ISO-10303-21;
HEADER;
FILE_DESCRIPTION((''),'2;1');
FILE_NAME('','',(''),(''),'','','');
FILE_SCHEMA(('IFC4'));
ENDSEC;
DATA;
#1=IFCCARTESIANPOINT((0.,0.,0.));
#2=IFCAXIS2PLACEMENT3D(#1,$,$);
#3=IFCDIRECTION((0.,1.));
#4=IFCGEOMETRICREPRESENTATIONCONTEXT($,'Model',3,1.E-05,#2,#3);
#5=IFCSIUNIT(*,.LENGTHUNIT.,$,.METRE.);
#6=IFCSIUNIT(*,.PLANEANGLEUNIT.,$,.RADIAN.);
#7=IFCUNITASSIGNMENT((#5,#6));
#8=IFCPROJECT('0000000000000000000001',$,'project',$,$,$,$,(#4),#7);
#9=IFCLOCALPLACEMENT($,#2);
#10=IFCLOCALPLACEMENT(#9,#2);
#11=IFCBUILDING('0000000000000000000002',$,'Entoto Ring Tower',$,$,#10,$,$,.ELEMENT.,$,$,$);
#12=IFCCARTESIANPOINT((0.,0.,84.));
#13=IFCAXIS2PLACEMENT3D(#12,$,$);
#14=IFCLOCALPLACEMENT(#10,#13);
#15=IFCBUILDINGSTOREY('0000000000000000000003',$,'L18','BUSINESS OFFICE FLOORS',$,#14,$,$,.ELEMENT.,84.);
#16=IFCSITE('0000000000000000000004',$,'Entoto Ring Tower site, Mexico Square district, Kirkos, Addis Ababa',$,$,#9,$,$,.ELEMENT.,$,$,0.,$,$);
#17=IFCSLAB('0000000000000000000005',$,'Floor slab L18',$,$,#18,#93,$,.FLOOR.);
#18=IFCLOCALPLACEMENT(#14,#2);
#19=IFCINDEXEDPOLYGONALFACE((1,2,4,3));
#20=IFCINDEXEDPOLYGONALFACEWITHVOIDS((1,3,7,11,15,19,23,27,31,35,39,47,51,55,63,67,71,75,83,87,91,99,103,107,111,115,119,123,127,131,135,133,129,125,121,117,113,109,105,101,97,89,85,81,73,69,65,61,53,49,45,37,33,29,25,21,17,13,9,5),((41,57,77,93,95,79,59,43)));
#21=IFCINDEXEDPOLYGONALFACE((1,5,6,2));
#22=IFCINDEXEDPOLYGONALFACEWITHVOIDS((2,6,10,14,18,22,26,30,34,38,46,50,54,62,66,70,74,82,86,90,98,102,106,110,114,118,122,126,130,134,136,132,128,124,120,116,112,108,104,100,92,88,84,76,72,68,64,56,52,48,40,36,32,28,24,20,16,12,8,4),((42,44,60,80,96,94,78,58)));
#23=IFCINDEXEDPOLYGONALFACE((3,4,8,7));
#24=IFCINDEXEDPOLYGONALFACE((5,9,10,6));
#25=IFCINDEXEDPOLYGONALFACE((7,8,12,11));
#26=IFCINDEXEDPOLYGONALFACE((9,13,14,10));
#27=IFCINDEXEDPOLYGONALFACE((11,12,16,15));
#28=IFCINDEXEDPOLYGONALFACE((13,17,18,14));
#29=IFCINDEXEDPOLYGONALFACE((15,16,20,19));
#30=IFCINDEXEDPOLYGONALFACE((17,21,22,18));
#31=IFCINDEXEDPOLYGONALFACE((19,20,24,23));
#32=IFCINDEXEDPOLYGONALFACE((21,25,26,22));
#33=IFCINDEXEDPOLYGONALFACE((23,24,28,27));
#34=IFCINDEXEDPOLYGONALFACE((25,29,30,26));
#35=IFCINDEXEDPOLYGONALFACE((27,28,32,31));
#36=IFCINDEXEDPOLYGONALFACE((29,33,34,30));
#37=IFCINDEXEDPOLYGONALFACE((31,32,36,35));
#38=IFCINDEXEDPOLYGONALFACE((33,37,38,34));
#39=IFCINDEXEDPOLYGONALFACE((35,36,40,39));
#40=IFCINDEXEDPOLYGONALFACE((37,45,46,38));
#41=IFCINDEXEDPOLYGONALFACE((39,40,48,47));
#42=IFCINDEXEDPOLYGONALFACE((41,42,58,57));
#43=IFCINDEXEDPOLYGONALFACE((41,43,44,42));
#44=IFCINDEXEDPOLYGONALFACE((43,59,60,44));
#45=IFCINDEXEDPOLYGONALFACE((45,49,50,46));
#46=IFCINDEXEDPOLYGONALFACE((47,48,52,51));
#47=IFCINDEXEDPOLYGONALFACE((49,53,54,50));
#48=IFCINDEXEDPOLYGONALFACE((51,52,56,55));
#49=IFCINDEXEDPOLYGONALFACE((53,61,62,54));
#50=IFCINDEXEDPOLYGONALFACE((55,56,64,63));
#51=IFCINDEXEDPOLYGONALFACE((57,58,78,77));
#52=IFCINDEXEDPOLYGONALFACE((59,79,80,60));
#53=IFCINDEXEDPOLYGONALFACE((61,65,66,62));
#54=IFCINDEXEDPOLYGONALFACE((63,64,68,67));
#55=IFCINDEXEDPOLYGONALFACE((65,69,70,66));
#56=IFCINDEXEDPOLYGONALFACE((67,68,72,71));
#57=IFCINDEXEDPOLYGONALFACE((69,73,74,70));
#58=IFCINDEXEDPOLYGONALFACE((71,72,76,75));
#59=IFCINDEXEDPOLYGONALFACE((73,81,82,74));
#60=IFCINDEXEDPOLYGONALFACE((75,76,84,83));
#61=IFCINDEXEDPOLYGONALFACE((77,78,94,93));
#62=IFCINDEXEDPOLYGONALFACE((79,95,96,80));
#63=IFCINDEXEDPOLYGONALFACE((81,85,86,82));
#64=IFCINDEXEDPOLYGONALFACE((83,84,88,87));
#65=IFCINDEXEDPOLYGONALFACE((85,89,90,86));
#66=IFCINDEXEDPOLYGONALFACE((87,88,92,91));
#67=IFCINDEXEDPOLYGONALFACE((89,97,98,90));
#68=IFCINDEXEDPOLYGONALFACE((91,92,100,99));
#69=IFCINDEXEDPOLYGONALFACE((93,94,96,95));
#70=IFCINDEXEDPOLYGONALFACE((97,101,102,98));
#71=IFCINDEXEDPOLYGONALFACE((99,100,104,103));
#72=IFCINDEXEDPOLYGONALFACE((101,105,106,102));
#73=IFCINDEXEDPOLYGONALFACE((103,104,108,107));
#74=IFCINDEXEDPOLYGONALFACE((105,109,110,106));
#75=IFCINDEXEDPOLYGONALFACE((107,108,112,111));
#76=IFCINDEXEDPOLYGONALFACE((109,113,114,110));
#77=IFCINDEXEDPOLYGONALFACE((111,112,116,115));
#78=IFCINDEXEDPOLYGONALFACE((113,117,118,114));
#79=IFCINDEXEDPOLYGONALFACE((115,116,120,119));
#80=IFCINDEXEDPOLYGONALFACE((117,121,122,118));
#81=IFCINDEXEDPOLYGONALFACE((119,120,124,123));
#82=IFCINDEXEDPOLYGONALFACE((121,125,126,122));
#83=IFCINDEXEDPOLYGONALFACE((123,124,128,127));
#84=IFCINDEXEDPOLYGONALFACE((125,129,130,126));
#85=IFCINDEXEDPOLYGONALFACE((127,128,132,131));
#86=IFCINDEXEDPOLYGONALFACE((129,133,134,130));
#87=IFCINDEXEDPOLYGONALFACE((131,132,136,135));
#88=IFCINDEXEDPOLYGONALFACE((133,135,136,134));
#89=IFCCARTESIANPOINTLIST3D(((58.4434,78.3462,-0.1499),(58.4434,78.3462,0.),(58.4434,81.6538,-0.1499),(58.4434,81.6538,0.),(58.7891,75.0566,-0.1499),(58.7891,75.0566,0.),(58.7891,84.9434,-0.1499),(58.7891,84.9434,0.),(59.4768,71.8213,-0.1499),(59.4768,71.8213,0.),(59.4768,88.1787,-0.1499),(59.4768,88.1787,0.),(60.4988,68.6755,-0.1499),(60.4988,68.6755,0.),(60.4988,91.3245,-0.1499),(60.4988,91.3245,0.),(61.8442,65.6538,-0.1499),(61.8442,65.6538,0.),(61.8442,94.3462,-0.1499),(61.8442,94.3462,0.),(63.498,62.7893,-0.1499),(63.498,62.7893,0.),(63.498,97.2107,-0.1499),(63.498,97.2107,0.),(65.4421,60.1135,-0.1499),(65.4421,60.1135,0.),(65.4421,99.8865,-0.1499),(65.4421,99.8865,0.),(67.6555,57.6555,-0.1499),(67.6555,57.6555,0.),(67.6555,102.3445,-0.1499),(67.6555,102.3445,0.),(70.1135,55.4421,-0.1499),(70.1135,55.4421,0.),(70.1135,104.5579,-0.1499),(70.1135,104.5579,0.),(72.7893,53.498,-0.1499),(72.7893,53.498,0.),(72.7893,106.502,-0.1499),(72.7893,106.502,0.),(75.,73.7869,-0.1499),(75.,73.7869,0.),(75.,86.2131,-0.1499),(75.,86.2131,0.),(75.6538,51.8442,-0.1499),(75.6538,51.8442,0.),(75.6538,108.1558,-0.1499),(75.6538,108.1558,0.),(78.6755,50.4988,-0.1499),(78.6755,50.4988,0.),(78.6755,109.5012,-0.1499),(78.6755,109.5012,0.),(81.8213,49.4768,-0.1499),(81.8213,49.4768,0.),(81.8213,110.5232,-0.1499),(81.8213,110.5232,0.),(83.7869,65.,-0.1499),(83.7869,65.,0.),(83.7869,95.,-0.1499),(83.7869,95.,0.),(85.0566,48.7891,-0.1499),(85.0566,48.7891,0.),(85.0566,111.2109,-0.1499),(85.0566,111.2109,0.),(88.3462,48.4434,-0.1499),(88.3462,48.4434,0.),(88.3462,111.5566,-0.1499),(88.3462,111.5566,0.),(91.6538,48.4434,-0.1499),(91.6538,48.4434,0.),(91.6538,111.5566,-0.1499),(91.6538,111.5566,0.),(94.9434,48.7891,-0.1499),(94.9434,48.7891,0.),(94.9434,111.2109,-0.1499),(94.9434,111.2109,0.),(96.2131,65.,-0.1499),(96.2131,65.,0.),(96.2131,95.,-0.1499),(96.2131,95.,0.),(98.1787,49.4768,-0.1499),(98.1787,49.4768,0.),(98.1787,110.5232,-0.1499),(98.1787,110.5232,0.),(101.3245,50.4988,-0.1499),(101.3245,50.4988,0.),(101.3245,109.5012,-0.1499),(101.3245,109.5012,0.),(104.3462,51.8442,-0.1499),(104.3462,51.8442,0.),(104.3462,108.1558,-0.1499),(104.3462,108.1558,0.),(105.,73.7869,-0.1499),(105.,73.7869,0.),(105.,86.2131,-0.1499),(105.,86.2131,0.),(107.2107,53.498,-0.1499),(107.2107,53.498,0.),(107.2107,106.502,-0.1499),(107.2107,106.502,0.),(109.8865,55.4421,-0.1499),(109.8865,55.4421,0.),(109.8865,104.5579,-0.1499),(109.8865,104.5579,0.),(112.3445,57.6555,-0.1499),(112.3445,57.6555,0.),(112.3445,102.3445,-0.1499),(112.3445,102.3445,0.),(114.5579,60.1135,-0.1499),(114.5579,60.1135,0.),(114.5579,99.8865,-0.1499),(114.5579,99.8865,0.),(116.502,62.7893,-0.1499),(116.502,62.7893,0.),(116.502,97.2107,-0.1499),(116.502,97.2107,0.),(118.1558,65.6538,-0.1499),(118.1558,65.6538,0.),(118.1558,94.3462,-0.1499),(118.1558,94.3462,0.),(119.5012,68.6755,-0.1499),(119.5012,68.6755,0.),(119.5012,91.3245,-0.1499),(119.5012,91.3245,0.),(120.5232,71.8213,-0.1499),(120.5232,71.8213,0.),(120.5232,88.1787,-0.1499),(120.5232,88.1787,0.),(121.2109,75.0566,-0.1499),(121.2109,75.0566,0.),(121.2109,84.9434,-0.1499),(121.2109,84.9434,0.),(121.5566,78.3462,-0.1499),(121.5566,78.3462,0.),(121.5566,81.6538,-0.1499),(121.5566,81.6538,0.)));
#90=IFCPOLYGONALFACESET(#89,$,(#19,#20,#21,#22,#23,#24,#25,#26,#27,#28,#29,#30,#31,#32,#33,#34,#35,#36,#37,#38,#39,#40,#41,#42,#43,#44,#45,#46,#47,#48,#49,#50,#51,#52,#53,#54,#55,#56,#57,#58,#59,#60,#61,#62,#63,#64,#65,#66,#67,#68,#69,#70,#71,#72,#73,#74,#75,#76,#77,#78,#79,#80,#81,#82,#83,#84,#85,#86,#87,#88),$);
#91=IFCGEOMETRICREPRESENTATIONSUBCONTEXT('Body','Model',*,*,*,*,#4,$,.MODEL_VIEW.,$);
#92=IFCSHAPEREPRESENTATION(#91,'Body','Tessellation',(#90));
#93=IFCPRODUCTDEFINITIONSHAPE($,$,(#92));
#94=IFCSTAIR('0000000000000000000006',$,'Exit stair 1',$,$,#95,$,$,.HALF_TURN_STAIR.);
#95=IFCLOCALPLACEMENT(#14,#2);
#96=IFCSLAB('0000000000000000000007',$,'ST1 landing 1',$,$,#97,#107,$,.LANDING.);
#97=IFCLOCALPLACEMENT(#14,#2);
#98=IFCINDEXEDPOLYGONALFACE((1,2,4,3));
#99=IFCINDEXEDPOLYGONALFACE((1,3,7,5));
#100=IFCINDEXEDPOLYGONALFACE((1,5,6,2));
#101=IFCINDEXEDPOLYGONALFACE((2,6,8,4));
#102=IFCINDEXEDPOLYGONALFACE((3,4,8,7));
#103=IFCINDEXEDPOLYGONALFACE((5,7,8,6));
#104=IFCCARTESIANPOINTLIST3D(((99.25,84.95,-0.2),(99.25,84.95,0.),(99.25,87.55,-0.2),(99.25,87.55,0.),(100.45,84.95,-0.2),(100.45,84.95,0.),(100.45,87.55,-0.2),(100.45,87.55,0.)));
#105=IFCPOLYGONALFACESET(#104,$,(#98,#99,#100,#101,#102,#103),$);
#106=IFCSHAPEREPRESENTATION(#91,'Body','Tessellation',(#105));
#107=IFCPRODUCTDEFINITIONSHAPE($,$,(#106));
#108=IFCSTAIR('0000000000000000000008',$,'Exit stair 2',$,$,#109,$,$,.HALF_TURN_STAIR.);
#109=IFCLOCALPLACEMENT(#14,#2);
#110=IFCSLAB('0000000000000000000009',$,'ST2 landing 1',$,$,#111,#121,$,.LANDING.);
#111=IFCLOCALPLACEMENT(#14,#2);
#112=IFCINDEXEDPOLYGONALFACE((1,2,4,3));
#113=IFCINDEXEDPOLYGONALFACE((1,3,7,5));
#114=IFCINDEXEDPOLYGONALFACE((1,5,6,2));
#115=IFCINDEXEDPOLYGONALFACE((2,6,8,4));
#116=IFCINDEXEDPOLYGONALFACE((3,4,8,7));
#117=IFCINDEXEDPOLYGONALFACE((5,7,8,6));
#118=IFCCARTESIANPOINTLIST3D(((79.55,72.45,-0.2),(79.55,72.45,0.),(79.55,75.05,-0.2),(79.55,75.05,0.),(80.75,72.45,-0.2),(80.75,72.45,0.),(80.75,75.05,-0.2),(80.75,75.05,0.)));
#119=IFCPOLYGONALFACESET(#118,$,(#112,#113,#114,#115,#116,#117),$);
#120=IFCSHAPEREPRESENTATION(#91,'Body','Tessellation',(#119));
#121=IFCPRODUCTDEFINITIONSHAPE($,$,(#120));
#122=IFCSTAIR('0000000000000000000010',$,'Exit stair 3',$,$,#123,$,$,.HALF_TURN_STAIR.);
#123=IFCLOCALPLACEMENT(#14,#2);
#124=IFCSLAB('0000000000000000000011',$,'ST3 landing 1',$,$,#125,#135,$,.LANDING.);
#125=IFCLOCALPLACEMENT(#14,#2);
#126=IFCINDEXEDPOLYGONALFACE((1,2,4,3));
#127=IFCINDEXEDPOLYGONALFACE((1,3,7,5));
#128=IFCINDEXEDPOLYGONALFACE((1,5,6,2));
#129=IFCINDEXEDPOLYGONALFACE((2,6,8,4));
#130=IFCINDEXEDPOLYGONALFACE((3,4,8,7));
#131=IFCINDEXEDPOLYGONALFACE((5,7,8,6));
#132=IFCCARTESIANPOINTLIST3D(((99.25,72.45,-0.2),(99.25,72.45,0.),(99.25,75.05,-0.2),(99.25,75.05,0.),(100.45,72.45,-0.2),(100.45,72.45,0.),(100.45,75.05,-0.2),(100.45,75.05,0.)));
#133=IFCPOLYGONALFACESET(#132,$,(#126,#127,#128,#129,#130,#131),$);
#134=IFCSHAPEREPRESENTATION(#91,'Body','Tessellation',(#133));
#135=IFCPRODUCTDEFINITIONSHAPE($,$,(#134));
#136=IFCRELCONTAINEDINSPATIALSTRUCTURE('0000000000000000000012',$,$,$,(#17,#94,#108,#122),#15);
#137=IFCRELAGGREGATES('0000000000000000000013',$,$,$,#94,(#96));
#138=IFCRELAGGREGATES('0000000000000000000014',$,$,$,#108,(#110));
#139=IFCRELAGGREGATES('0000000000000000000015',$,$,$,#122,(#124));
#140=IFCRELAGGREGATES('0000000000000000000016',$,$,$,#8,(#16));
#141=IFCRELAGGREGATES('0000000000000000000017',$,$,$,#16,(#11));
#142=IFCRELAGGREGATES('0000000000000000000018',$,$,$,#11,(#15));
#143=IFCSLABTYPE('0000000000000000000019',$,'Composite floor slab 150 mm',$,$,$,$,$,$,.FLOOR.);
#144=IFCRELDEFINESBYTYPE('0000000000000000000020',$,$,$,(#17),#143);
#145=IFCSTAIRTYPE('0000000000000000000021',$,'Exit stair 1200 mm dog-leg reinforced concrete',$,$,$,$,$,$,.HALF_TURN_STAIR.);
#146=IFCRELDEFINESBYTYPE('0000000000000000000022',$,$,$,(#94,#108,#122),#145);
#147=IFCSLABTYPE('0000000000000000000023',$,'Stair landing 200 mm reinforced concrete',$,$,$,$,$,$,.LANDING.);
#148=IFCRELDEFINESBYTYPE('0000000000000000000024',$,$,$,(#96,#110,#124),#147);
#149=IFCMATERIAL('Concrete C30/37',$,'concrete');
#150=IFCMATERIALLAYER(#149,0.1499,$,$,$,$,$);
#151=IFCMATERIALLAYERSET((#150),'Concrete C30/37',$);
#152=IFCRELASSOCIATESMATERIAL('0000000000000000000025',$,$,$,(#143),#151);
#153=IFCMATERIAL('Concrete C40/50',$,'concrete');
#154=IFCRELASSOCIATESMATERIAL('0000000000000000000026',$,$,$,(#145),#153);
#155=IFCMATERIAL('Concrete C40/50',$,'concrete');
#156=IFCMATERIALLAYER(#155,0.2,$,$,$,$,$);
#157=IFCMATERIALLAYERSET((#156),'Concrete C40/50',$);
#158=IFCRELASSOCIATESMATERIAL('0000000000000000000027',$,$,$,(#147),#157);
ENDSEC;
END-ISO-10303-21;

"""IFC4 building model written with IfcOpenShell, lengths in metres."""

from ifc_helpers import new_model, si_unit, direction, frame, origin, place, context, subcontext, project, spatial, polyline, outline, extrude, material, layer, layer_set, type_object, element, aggregate, save


model = new_model("IFC4")

# Units and contexts
model_context = context("Model", 3, precision=1e-05, world=origin(), true_north=direction((0.0, 1.0)))
body_context = subcontext(model_context, "Body", "Model", "MODEL_VIEW")
ifc_project = project(units=[si_unit("LENGTHUNIT", "METRE"), si_unit("PLANEANGLEUNIT", "RADIAN")], contexts=[model_context])

# Site, building, storey
site_placement = place(None, origin())
building_placement = place(site_placement, origin())
storey_placement = place(building_placement, frame((0.0, 0.0, 84.0)))
site = spatial("IfcSite", under=ifc_project, at=site_placement, Name="Entoto Ring Tower site, Mexico Square district, Kirkos, Addis Ababa", CompositionType="ELEMENT", RefElevation=0.0)
building = spatial("IfcBuilding", under=site, at=building_placement, Name="Entoto Ring Tower", CompositionType="ELEMENT")
storey = spatial("IfcBuildingStorey", under=building, at=storey_placement, Name="L18", Description="BUSINESS OFFICE FLOORS", CompositionType="ELEMENT", Elevation=84.0)

# Slab
ifc_material_1 = material(Name="Concrete C30/37", Category="concrete")
ifc_layer_1 = layer(ifc_material_1, 0.1499)
ifc_layer_set_1 = layer_set([ifc_layer_1], Name="Concrete C30/37")
slab_type_1 = type_object("IfcSlabType", Name="Composite floor slab 150 mm", PredefinedType="FLOOR", material=ifc_layer_set_1)
slab_1_placement = place(storey_placement, frame((0.0, 0.0, -0.1499)))
element("IfcSlab", 1, at=slab_1_placement, inside=storey, type_object=slab_type_1, Name="Floor slab L18", PredefinedType="FLOOR", context=body_context, shape_type="SweptSolid", body=[
    extrude(outline(polyline([(121.2109, 84.9434), (120.5232, 88.1787), (119.5012, 91.3245), (118.1558, 94.3462), (116.502, 97.2107), (114.5579, 99.8865), (112.3445, 102.3445), (109.8865, 104.5579), (107.2107, 106.502), (104.3462, 108.1558), (101.3245, 109.5012), (98.1787, 110.5232), (94.9434, 111.2109), (91.6538, 111.5566), (88.3462, 111.5566), (85.0566, 111.2109), (81.8213, 110.5232), (78.6755, 109.5012), (75.6538, 108.1558), (72.7893, 106.502), (70.1135, 104.5579), (67.6555, 102.3445), (65.4421, 99.8865), (63.498, 97.2107), (61.8442, 94.3462), (60.4988, 91.3245), (59.4768, 88.1787), (58.7891, 84.9434), (58.4434, 81.6538), (58.4434, 78.3462), (58.7891, 75.0566), (59.4768, 71.8213), (60.4988, 68.6755), (61.8442, 65.6538), (63.498, 62.7893), (65.4421, 60.1135), (67.6555, 57.6555), (70.1135, 55.4421), (72.7893, 53.498), (75.6538, 51.8442), (78.6755, 50.4988), (81.8213, 49.4768), (85.0566, 48.7891), (88.3462, 48.4434), (91.6538, 48.4434), (94.9434, 48.7891), (98.1787, 49.4768), (101.3245, 50.4988), (104.3462, 51.8442), (107.2107, 53.498), (109.8865, 55.4421), (112.3445, 57.6555), (114.5579, 60.1135), (116.502, 62.7893), (118.1558, 65.6538), (119.5012, 68.6755), (120.5232, 71.8213), (121.2109, 75.0566), (121.5566, 78.3462), (121.5566, 81.6538), (121.2109, 84.9434)]), holes=[polyline([(105.0, 73.7869), (105.0, 86.2131), (96.2131, 95.0), (83.7869, 95.0), (75.0, 86.2131), (75.0, 73.7869), (83.7869, 65.0), (96.2131, 65.0), (105.0, 73.7869)])]), origin(), (0.0, 0.0, 1.0), 0.1499),
])

# Stairs, slabs
ifc_material_2 = material(Name="Concrete C40/50", Category="concrete")
stair_type = type_object("IfcStairType", Name="Exit stair 1200 mm dog-leg reinforced concrete", PredefinedType="HALF_TURN_STAIR", material=ifc_material_2)
stair_1_placement = place(storey_placement, origin())
stair_1 = element("IfcStair", 2, at=stair_1_placement, inside=storey, type_object=stair_type, Name="Exit stair 1", PredefinedType="HALF_TURN_STAIR")
ifc_material_3 = material(Name="Concrete C40/50", Category="concrete")
ifc_layer_2 = layer(ifc_material_3, 0.2)
ifc_layer_set_2 = layer_set([ifc_layer_2], Name="Concrete C40/50")
slab_type_2 = type_object("IfcSlabType", Name="Stair landing 200 mm reinforced concrete", PredefinedType="LANDING", material=ifc_layer_set_2)
slab_2_placement = place(storey_placement, frame((0.0, 0.0, -0.2)))
slab_2 = element("IfcSlab", 3, at=slab_2_placement, type_object=slab_type_2, Name="ST1 landing 1", PredefinedType="LANDING", context=body_context, shape_type="SweptSolid", body=[
    extrude(outline(polyline([(100.45, 84.95), (100.45, 87.55), (99.25, 87.55), (99.25, 84.95), (100.45, 84.95)])), origin(), (0.0, 0.0, 1.0), 0.2),
])
aggregate(stair_1, [slab_2])
stair_2_placement = place(storey_placement, origin())
stair_2 = element("IfcStair", 4, at=stair_2_placement, inside=storey, type_object=stair_type, Name="Exit stair 2", PredefinedType="HALF_TURN_STAIR")
slab_3_placement = place(storey_placement, frame((0.0, 0.0, -0.2)))
slab_3 = element("IfcSlab", 5, at=slab_3_placement, type_object=slab_type_2, Name="ST2 landing 1", PredefinedType="LANDING", context=body_context, shape_type="SweptSolid", body=[
    extrude(outline(polyline([(80.75, 72.45), (80.75, 75.05), (79.55, 75.05), (79.55, 72.45), (80.75, 72.45)])), origin(), (0.0, 0.0, 1.0), 0.2),
])
aggregate(stair_2, [slab_3])
stair_3_placement = place(storey_placement, origin())
stair_3 = element("IfcStair", 6, at=stair_3_placement, inside=storey, type_object=stair_type, Name="Exit stair 3", PredefinedType="HALF_TURN_STAIR")
slab_4_placement = place(storey_placement, frame((0.0, 0.0, -0.2)))
slab_4 = element("IfcSlab", 7, at=slab_4_placement, type_object=slab_type_2, Name="ST3 landing 1", PredefinedType="LANDING", context=body_context, shape_type="SweptSolid", body=[
    extrude(outline(polyline([(100.45, 72.45), (100.45, 75.05), (99.25, 75.05), (99.25, 72.45), (100.45, 72.45)])), origin(), (0.0, 0.0, 1.0), 0.2),
])
aggregate(stair_3, [slab_4])

save(model, "model.ifc")
